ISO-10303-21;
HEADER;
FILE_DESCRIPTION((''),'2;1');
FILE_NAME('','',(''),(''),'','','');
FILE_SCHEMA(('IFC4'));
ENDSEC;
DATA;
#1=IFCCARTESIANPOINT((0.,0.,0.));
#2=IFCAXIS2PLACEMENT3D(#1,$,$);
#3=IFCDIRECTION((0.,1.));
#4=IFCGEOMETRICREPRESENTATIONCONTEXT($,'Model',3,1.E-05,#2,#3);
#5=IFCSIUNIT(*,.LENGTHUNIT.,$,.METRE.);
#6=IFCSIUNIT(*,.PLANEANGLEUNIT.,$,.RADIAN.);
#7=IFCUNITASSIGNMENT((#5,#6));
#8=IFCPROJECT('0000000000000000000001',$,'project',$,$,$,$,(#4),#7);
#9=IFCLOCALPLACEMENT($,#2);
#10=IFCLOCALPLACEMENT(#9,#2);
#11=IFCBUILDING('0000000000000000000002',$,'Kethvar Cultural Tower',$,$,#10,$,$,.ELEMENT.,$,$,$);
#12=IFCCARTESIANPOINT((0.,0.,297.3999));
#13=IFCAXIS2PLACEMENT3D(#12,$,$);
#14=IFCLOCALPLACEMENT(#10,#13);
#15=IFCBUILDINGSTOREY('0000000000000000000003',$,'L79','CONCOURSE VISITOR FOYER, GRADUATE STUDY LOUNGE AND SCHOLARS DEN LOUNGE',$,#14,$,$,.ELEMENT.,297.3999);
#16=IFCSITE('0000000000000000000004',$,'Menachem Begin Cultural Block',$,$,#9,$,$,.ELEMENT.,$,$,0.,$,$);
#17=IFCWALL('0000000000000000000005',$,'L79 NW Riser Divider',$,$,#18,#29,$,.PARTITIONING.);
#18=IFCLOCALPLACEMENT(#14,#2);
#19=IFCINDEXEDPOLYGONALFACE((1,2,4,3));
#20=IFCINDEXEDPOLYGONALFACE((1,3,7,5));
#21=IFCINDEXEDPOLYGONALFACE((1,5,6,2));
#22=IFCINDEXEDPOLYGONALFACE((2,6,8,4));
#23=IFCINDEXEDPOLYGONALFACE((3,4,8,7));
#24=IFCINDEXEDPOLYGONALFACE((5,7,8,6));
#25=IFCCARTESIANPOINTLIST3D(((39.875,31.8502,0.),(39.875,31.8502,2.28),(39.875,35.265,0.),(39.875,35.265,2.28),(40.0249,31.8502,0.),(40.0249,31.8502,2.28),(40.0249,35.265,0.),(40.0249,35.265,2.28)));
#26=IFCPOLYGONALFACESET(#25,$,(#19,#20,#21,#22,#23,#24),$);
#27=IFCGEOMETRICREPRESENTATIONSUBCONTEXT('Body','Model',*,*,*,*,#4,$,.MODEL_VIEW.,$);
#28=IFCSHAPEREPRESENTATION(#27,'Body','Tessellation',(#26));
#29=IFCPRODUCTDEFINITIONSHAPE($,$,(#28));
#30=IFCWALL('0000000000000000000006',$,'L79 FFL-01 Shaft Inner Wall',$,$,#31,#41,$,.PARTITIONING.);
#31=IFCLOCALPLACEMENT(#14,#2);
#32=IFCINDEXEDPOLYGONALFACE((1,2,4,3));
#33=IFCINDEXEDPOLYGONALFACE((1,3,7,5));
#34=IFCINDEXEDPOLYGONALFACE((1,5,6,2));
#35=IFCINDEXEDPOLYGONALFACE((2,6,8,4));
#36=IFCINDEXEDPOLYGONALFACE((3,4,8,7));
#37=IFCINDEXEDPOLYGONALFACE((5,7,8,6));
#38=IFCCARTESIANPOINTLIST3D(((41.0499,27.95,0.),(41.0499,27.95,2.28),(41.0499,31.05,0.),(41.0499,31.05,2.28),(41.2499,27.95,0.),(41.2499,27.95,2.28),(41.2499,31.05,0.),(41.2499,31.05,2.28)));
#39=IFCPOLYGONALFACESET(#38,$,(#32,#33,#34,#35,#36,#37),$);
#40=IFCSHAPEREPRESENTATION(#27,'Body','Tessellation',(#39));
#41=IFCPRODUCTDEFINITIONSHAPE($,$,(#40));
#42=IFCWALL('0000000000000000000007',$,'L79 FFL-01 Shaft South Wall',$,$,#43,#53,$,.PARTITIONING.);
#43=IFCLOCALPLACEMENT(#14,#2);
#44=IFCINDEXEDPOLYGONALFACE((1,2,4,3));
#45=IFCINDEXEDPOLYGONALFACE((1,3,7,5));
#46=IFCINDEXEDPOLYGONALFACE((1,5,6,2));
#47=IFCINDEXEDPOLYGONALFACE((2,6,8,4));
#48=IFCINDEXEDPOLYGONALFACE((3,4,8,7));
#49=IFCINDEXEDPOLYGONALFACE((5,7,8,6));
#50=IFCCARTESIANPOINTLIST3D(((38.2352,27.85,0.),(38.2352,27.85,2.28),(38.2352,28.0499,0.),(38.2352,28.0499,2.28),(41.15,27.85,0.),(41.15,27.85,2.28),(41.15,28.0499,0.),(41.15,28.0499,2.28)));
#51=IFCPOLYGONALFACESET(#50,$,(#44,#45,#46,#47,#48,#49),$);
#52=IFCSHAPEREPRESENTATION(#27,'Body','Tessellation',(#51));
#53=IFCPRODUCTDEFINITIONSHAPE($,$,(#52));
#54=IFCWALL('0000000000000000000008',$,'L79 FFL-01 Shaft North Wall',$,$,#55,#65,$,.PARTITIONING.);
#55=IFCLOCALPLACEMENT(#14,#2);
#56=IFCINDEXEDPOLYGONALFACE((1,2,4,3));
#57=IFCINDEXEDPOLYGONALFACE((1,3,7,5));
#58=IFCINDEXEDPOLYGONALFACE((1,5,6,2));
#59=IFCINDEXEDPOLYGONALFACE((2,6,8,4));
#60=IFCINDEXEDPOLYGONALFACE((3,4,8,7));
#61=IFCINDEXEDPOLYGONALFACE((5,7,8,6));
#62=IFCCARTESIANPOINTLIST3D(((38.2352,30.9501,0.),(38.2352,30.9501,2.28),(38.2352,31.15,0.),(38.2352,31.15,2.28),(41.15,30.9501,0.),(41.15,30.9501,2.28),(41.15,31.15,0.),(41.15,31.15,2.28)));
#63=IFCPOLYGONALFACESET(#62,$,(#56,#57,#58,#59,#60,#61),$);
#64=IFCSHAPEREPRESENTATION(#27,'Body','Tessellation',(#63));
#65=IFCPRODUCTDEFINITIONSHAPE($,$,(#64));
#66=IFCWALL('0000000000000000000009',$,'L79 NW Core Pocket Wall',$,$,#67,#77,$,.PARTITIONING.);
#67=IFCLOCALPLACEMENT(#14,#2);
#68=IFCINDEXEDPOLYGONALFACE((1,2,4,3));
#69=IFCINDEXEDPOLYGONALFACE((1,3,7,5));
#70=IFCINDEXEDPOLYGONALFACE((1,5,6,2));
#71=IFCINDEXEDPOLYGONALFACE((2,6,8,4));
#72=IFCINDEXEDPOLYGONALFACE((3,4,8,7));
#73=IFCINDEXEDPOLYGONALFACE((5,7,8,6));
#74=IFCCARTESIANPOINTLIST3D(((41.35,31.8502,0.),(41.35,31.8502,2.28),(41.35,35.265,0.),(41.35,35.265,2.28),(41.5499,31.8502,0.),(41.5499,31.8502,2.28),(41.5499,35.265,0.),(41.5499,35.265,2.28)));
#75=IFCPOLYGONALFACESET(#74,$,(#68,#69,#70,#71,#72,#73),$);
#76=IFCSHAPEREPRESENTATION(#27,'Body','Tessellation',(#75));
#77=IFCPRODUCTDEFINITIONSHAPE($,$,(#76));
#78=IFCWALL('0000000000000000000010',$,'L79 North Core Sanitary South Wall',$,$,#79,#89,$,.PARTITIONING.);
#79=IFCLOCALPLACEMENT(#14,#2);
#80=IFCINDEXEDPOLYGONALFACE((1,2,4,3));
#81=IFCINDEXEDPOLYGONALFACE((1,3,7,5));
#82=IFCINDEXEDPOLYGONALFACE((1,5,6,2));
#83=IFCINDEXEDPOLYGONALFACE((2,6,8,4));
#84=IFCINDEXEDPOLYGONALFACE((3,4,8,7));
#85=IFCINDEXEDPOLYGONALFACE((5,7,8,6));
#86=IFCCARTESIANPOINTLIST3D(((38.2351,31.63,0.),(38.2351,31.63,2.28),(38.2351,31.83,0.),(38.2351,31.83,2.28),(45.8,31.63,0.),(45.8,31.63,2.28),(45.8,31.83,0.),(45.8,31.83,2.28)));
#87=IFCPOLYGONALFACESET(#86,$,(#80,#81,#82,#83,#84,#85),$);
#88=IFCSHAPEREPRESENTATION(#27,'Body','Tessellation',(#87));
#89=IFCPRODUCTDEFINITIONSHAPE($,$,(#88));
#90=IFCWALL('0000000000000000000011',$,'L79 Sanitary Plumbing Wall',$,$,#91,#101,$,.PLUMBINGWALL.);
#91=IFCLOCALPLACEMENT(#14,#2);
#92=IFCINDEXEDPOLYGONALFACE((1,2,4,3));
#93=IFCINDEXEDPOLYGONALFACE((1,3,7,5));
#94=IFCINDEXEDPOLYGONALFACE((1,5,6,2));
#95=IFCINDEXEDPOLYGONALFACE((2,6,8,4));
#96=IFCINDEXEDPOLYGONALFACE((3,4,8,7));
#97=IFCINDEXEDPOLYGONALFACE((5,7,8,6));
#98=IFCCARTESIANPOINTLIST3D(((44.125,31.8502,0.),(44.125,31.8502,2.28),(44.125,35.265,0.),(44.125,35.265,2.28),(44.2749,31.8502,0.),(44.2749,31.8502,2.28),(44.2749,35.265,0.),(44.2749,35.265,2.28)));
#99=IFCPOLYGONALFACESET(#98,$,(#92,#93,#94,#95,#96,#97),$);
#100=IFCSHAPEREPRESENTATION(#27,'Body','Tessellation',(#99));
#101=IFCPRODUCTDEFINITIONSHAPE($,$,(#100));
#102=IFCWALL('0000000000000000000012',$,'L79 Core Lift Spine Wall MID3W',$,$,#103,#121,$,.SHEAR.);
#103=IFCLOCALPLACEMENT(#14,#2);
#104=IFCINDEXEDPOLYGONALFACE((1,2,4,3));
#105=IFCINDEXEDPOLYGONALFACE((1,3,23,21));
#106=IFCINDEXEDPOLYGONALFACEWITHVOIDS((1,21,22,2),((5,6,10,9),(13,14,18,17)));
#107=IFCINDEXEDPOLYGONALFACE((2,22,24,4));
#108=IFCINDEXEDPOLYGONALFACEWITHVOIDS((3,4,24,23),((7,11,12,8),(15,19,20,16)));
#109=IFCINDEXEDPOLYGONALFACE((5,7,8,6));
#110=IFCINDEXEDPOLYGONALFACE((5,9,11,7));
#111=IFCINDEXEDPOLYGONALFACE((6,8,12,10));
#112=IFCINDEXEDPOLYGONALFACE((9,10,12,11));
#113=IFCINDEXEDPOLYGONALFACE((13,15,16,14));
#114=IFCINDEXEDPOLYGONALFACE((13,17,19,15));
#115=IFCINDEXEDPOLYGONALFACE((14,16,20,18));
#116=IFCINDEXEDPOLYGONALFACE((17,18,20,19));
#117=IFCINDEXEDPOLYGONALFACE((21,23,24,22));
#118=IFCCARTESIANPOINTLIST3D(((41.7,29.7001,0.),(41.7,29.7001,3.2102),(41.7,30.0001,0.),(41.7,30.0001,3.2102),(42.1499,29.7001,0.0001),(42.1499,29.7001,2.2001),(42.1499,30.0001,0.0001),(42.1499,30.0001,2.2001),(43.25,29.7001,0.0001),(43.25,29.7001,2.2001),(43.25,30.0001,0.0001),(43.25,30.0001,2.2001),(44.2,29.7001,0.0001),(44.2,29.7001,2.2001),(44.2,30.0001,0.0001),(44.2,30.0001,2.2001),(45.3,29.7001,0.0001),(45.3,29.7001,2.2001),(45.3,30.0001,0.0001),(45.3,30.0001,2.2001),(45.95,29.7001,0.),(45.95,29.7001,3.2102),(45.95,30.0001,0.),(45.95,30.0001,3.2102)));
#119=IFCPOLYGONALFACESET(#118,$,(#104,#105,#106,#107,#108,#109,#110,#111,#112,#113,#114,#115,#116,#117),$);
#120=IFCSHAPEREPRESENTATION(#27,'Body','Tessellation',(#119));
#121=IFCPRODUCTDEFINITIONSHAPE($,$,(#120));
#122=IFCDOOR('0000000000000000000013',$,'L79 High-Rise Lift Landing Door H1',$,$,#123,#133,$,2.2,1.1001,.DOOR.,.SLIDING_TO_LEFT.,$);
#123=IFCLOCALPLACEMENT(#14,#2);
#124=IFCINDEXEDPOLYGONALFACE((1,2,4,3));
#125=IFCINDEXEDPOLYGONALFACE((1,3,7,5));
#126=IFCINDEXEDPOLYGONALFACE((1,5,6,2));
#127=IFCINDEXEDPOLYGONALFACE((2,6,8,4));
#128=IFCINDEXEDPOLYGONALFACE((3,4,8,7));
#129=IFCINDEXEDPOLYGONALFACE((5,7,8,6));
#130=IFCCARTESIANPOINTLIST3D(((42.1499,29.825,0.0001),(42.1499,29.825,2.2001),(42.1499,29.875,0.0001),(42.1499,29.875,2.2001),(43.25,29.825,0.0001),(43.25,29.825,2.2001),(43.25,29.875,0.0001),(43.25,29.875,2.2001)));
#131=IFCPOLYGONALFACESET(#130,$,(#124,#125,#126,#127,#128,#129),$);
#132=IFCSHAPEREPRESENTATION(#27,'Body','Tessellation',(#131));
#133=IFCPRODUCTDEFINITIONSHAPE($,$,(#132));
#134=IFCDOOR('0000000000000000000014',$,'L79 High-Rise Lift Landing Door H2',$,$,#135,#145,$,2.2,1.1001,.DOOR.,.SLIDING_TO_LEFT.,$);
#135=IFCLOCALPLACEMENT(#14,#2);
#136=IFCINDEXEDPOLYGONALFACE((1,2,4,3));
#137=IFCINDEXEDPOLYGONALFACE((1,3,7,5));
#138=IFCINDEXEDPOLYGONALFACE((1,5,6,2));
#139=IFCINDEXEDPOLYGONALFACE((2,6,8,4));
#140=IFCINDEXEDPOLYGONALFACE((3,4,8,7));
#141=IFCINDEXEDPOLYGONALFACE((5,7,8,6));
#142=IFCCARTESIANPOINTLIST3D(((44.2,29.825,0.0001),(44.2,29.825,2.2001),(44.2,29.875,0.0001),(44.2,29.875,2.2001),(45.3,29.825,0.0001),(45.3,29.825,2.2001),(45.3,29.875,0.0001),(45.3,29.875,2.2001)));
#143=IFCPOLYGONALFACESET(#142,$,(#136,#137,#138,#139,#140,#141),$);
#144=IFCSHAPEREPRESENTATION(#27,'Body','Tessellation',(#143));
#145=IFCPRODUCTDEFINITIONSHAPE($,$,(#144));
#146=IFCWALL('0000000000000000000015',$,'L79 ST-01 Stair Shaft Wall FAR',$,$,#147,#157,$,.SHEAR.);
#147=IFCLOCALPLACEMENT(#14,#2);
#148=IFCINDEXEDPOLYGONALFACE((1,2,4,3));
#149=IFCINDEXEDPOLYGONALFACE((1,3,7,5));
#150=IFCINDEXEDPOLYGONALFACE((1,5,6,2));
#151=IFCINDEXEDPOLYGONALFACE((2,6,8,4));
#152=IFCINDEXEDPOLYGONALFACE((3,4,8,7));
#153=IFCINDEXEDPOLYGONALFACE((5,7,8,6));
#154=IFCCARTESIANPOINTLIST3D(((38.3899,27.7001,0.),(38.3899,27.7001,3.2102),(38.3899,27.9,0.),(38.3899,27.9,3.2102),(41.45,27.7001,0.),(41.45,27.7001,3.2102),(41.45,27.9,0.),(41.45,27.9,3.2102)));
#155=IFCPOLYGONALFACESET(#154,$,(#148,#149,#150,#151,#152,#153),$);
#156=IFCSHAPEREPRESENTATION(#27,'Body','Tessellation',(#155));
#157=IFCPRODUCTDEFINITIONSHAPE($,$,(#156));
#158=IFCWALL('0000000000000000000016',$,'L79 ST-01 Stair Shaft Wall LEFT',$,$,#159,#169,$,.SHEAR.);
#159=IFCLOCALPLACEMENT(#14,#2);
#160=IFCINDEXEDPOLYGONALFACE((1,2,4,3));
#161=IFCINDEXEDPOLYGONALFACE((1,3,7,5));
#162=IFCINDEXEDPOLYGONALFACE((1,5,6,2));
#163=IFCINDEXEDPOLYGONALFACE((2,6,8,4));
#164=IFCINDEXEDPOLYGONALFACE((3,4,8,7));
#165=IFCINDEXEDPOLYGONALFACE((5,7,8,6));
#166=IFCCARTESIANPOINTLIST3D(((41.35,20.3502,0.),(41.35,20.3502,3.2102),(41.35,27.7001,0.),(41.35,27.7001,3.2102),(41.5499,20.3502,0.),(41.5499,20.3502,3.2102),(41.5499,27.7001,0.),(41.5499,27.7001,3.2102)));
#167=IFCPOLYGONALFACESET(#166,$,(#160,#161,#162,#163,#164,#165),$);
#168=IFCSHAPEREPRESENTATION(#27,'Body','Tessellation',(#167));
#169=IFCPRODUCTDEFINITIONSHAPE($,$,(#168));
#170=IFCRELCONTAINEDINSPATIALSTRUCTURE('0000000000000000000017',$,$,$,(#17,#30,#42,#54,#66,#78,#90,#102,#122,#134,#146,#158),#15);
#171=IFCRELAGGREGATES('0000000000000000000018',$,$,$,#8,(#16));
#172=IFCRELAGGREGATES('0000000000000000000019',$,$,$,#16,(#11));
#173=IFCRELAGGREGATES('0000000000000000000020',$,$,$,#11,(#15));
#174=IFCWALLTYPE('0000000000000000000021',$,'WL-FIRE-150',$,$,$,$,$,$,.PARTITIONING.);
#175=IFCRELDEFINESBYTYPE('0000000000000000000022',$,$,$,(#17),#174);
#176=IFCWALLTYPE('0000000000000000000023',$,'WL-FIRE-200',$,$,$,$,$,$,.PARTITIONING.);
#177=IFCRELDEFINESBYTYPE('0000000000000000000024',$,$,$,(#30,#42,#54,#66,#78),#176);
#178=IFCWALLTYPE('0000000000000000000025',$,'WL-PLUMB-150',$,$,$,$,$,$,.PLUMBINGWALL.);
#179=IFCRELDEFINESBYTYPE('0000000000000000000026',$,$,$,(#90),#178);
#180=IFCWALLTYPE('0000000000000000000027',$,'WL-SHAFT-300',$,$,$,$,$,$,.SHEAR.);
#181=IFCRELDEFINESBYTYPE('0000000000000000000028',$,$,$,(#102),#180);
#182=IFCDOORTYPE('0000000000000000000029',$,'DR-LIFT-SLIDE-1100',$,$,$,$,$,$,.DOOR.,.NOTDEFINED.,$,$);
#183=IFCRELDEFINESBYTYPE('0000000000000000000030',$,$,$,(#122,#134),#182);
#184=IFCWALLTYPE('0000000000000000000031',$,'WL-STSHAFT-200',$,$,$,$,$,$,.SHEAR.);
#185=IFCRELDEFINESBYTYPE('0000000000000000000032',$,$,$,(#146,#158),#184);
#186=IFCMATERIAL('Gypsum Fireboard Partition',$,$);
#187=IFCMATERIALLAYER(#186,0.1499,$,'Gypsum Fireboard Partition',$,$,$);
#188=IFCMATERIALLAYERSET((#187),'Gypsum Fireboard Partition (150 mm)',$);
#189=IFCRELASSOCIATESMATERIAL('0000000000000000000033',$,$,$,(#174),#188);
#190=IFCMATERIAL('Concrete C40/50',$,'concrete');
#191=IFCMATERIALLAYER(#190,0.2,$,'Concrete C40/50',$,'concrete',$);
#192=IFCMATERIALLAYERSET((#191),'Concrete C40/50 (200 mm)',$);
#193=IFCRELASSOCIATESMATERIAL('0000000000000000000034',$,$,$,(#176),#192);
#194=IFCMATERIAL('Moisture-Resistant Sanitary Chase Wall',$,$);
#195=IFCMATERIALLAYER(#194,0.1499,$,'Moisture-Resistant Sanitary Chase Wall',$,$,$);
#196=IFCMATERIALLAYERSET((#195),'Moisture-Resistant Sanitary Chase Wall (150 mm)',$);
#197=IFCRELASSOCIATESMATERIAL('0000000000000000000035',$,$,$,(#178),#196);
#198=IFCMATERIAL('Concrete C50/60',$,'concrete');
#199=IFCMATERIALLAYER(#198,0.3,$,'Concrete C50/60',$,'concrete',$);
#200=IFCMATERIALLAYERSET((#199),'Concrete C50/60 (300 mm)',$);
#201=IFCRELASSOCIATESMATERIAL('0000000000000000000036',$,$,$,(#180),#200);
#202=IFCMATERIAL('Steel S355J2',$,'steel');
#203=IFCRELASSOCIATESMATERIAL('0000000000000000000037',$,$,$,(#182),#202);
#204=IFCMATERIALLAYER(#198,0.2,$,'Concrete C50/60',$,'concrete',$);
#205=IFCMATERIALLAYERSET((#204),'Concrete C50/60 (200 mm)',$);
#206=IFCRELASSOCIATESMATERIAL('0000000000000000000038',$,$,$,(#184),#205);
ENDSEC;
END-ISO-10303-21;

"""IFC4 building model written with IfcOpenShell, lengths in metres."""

from ifc_helpers import new_model, si_unit, direction, frame, frame_2d, origin, place, context, subcontext, project, spatial, rectangle, extrude, source, transform, mapped, material, layer, layer_set, type_object, element, fill, save


model = new_model("IFC4")

# Units and contexts
model_context = context("Model", 3, precision=1e-05, world=origin(), true_north=direction((0.0, 1.0)))
body_context = subcontext(model_context, "Body", "Model", "MODEL_VIEW")
ifc_project = project(units=[si_unit("LENGTHUNIT", "METRE"), si_unit("PLANEANGLEUNIT", "RADIAN")], contexts=[model_context])

# Site, building, storey
site_placement = place(None, origin())
site = spatial("IfcSite", under=ifc_project, at=site_placement, Name="Menachem Begin Cultural Block", CompositionType="ELEMENT", RefElevation=0.0)
building_placement = place(site_placement, origin())
building = spatial("IfcBuilding", under=site, at=building_placement, Name="Kethvar Cultural Tower", CompositionType="ELEMENT")
storey_placement = place(building_placement, frame((0.0, 0.0, 297.3999)))
storey = spatial("IfcBuildingStorey", under=building, at=storey_placement, Name="L79", Description="CONCOURSE VISITOR FOYER, GRADUATE STUDY LOUNGE AND SCHOLARS DEN LOUNGE", CompositionType="ELEMENT", Elevation=297.3999)

# Shared definitions
ifc_material_1 = material(Name="Steel S355J2", Category="steel")

# Shared definitions
ifc_material_2 = material(Name="Gypsum Fireboard Partition")
ifc_layer_1 = layer(ifc_material_2, 0.1499, Name="Gypsum Fireboard Partition")
ifc_layer_set_1 = layer_set([ifc_layer_1], Name="Gypsum Fireboard Partition (150 mm)")
wall_type_1 = type_object("IfcWallType", Name="WL-FIRE-150", PredefinedType="PARTITIONING", material=ifc_layer_set_1)

# Walls
wall_1_placement = place(storey_placement, frame((39.95, 31.8501, 0.0), z_axis=(0.0, 0.0, 1.0), x_axis=(0.0, 1.0, 0.0)))
element("IfcWall", 1, at=wall_1_placement, inside=storey, type_object=wall_type_1, Name="L79 NW Riser Divider", PredefinedType="PARTITIONING", context=body_context, shape_type="SweptSolid", body=[
    extrude(rectangle(XDim=3.4148, YDim=0.1499, at=frame_2d((1.7075, 0.0))), origin(), (0.0, 0.0, 1.0), 2.28),
])
ifc_material_3 = material(Name="Concrete C40/50", Category="concrete")
ifc_layer_2 = layer(ifc_material_3, 0.2, Name="Concrete C40/50", Category="concrete")
ifc_layer_set_2 = layer_set([ifc_layer_2], Name="Concrete C40/50 (200 mm)")
wall_type_2 = type_object("IfcWallType", Name="WL-FIRE-200", PredefinedType="PARTITIONING", material=ifc_layer_set_2)
wall_2_placement = place(storey_placement, frame((41.1499, 27.95, 0.0), z_axis=(0.0, 0.0, 1.0), x_axis=(0.0, 1.0, 0.0)))
element("IfcWall", 2, at=wall_2_placement, inside=storey, type_object=wall_type_2, Name="L79 FFL-01 Shaft Inner Wall", PredefinedType="PARTITIONING", context=body_context, shape_type="SweptSolid", body=[
    extrude(rectangle(XDim=3.1001, YDim=0.2, at=frame_2d((1.55, 0.0))), origin(), (0.0, 0.0, 1.0), 2.28),
])
for number, where, z_axis, x_axis, name in (
    (3, (38.2351, 27.95, 0.0), (0.0, 0.0, 1.0), (1.0, 0.0, 0.0), "L79 FFL-01 Shaft South Wall"),
    (4, (38.2351, 31.05, 0.0), (0.0, 0.0, 1.0), (1.0, 0.0, 0.0), "L79 FFL-01 Shaft North Wall"),
):
    element("IfcWall", number, at=place(storey_placement, frame(where, z_axis=z_axis, x_axis=x_axis)), inside=storey, type_object=wall_type_2, Name=name, PredefinedType="PARTITIONING", context=body_context, shape_type="SweptSolid", body=[
        extrude(rectangle(XDim=2.9148, YDim=0.2, at=frame_2d((1.4575, 0.0))), origin(), (0.0, 0.0, 1.0), 2.28),
    ])
wall_3_placement = place(storey_placement, frame((41.45, 31.8501, 0.0), z_axis=(0.0, 0.0, 1.0), x_axis=(0.0, 1.0, 0.0)))
element("IfcWall", 5, at=wall_3_placement, inside=storey, type_object=wall_type_2, Name="L79 NW Core Pocket Wall", PredefinedType="PARTITIONING", context=body_context, shape_type="SweptSolid", body=[
    extrude(rectangle(XDim=3.4148, YDim=0.2, at=frame_2d((1.7075, 0.0))), origin(), (0.0, 0.0, 1.0), 2.28),
])
wall_4_placement = place(storey_placement, frame((38.2351, 31.73, 0.0), z_axis=(0.0, 0.0, 1.0), x_axis=(1.0, 0.0, 0.0)))
element("IfcWall", 6, at=wall_4_placement, inside=storey, type_object=wall_type_2, Name="L79 North Core Sanitary South Wall", PredefinedType="PARTITIONING", context=body_context, shape_type="SweptSolid", body=[
    extrude(rectangle(XDim=7.5649, YDim=0.2, at=frame_2d((3.7825, 0.0))), origin(), (0.0, 0.0, 1.0), 2.28),
])
ifc_material_4 = material(Name="Moisture-Resistant Sanitary Chase Wall")
ifc_layer_3 = layer(ifc_material_4, 0.1499, Name="Moisture-Resistant Sanitary Chase Wall")
ifc_layer_set_3 = layer_set([ifc_layer_3], Name="Moisture-Resistant Sanitary Chase Wall (150 mm)")
wall_type_3 = type_object("IfcWallType", Name="WL-PLUMB-150", PredefinedType="PLUMBINGWALL", material=ifc_layer_set_3)
wall_5_placement = place(storey_placement, frame((44.2, 31.8501, 0.0), z_axis=(0.0, 0.0, 1.0), x_axis=(0.0, 1.0, 0.0)))
element("IfcWall", 7, at=wall_5_placement, inside=storey, type_object=wall_type_3, Name="L79 Sanitary Plumbing Wall", PredefinedType="PLUMBINGWALL", context=body_context, shape_type="SweptSolid", body=[
    extrude(rectangle(XDim=3.4148, YDim=0.1499, at=frame_2d((1.7075, 0.0))), origin(), (0.0, 0.0, 1.0), 2.28),
])

# Shared definitions
ifc_material_5 = material(Name="Concrete C50/60", Category="concrete")
ifc_layer_4 = layer(ifc_material_5, 0.3, Name="Concrete C50/60", Category="concrete")
ifc_layer_set_4 = layer_set([ifc_layer_4], Name="Concrete C50/60 (300 mm)")
wall_type_4 = type_object("IfcWallType", Name="WL-SHAFT-300", PredefinedType="SHEAR", material=ifc_layer_set_4)

# Wall, openings, doors
wall_6_placement = place(storey_placement, frame((41.7, 29.8501, 0.0), z_axis=(0.0, 0.0, 1.0), x_axis=(1.0, 0.0, 0.0)))
wall_6 = element("IfcWall", 8, at=wall_6_placement, inside=storey, type_object=wall_type_4, Name="L79 Core Lift Spine Wall MID3W", PredefinedType="SHEAR", context=body_context, shape_type="SweptSolid", body=[
    extrude(rectangle(XDim=4.25, YDim=0.3, at=frame_2d((2.125, 0.0))), origin(), (0.0, 0.0, 1.0), 3.2102),
])
opening_1_placement = place(wall_6_placement, frame((0.45, 0.0, 0.0)))
opening_1 = element("IfcOpeningElement", 9, at=opening_1_placement, cuts=wall_6, PredefinedType="OPENING", context=body_context, shape_type="SweptSolid", body=[
    extrude(rectangle(XDim=1.1001, YDim=2.2, at=frame_2d((0.55, 1.1001))), frame((0.0, 0.1599, 0.0), z_axis=(0.0, -1.0, 0.0), x_axis=(1.0, 0.0, 0.0)), (0.0, 0.0, 1.0), 0.3201),
])
opening_2_placement = place(wall_6_placement, frame((2.5, 0.0, 0.0)))
opening_2 = element("IfcOpeningElement", 10, at=opening_2_placement, cuts=wall_6, PredefinedType="OPENING", context=body_context, shape_type="SweptSolid", body=[
    extrude(rectangle(XDim=1.1001, YDim=2.2, at=frame_2d((0.55, 1.1001))), frame((0.0, 0.1599, 0.0), z_axis=(0.0, -1.0, 0.0), x_axis=(1.0, 0.0, 0.0)), (0.0, 0.0, 1.0), 0.3201),
])
door_type_1 = type_object("IfcDoorType", Name="DR-LIFT-SLIDE-1100", OperationType="NOTDEFINED", PredefinedType="DOOR", material=ifc_material_1)
shared_shape_1 = source(origin(), body_context, "Body", "SweptSolid", [
    extrude(rectangle(XDim=1.1001, YDim=2.2, at=frame_2d((0.55, 1.1001))), frame((0.0, 0.0249, 0.0), z_axis=(0.0, -1.0, 0.0), x_axis=(1.0, 0.0, 0.0)), (0.0, 0.0, 1.0), 0.05),
])
door_1_placement = place(opening_1_placement, origin())
door_1 = element("IfcDoor", 11, at=door_1_placement, inside=storey, type_object=door_type_1, Name="L79 High-Rise Lift Landing Door H1", OperationType="SLIDING_TO_LEFT", OverallHeight=2.2, OverallWidth=1.1001, PredefinedType="DOOR", context=body_context, shape_type="MappedRepresentation", body=[
    mapped(shared_shape_1, transform((0.0, 0.0, 0.0), scale=1.0)),
])
fill(opening_1, door_1)
door_2_placement = place(opening_2_placement, origin())
door_2 = element("IfcDoor", 12, at=door_2_placement, inside=storey, type_object=door_type_1, Name="L79 High-Rise Lift Landing Door H2", OperationType="SLIDING_TO_LEFT", OverallHeight=2.2, OverallWidth=1.1001, PredefinedType="DOOR", context=body_context, shape_type="MappedRepresentation", body=[
    mapped(shared_shape_1, transform((0.0, 0.0, 0.0), scale=1.0)),
])
fill(opening_2, door_2)

# Walls
ifc_layer_5 = layer(ifc_material_5, 0.2, Name="Concrete C50/60", Category="concrete")
ifc_layer_set_5 = layer_set([ifc_layer_5], Name="Concrete C50/60 (200 mm)")
wall_type_5 = type_object("IfcWallType", Name="WL-STSHAFT-200", PredefinedType="SHEAR", material=ifc_layer_set_5)
wall_7_placement = place(storey_placement, frame((38.3899, 27.8, 0.0), z_axis=(0.0, 0.0, 1.0), x_axis=(1.0, 0.0, 0.0)))
element("IfcWall", 13, at=wall_7_placement, inside=storey, type_object=wall_type_5, Name="L79 ST-01 Stair Shaft Wall FAR", PredefinedType="SHEAR", context=body_context, shape_type="SweptSolid", body=[
    extrude(rectangle(XDim=3.0601, YDim=0.2, at=frame_2d((1.53, 0.0))), origin(), (0.0, 0.0, 1.0), 3.2102),
])
wall_8_placement = place(storey_placement, frame((41.45, 27.7, 0.0), z_axis=(0.0, 0.0, 1.0), x_axis=(0.0, -1.0, 0.0)))
element("IfcWall", 14, at=wall_8_placement, inside=storey, type_object=wall_type_5, Name="L79 ST-01 Stair Shaft Wall LEFT", PredefinedType="SHEAR", context=body_context, shape_type="SweptSolid", body=[
    extrude(rectangle(XDim=7.3499, YDim=0.2, at=frame_2d((3.6748, 0.0))), origin(), (0.0, 0.0, 1.0), 3.2102),
])

save(model, "model.ifc")
